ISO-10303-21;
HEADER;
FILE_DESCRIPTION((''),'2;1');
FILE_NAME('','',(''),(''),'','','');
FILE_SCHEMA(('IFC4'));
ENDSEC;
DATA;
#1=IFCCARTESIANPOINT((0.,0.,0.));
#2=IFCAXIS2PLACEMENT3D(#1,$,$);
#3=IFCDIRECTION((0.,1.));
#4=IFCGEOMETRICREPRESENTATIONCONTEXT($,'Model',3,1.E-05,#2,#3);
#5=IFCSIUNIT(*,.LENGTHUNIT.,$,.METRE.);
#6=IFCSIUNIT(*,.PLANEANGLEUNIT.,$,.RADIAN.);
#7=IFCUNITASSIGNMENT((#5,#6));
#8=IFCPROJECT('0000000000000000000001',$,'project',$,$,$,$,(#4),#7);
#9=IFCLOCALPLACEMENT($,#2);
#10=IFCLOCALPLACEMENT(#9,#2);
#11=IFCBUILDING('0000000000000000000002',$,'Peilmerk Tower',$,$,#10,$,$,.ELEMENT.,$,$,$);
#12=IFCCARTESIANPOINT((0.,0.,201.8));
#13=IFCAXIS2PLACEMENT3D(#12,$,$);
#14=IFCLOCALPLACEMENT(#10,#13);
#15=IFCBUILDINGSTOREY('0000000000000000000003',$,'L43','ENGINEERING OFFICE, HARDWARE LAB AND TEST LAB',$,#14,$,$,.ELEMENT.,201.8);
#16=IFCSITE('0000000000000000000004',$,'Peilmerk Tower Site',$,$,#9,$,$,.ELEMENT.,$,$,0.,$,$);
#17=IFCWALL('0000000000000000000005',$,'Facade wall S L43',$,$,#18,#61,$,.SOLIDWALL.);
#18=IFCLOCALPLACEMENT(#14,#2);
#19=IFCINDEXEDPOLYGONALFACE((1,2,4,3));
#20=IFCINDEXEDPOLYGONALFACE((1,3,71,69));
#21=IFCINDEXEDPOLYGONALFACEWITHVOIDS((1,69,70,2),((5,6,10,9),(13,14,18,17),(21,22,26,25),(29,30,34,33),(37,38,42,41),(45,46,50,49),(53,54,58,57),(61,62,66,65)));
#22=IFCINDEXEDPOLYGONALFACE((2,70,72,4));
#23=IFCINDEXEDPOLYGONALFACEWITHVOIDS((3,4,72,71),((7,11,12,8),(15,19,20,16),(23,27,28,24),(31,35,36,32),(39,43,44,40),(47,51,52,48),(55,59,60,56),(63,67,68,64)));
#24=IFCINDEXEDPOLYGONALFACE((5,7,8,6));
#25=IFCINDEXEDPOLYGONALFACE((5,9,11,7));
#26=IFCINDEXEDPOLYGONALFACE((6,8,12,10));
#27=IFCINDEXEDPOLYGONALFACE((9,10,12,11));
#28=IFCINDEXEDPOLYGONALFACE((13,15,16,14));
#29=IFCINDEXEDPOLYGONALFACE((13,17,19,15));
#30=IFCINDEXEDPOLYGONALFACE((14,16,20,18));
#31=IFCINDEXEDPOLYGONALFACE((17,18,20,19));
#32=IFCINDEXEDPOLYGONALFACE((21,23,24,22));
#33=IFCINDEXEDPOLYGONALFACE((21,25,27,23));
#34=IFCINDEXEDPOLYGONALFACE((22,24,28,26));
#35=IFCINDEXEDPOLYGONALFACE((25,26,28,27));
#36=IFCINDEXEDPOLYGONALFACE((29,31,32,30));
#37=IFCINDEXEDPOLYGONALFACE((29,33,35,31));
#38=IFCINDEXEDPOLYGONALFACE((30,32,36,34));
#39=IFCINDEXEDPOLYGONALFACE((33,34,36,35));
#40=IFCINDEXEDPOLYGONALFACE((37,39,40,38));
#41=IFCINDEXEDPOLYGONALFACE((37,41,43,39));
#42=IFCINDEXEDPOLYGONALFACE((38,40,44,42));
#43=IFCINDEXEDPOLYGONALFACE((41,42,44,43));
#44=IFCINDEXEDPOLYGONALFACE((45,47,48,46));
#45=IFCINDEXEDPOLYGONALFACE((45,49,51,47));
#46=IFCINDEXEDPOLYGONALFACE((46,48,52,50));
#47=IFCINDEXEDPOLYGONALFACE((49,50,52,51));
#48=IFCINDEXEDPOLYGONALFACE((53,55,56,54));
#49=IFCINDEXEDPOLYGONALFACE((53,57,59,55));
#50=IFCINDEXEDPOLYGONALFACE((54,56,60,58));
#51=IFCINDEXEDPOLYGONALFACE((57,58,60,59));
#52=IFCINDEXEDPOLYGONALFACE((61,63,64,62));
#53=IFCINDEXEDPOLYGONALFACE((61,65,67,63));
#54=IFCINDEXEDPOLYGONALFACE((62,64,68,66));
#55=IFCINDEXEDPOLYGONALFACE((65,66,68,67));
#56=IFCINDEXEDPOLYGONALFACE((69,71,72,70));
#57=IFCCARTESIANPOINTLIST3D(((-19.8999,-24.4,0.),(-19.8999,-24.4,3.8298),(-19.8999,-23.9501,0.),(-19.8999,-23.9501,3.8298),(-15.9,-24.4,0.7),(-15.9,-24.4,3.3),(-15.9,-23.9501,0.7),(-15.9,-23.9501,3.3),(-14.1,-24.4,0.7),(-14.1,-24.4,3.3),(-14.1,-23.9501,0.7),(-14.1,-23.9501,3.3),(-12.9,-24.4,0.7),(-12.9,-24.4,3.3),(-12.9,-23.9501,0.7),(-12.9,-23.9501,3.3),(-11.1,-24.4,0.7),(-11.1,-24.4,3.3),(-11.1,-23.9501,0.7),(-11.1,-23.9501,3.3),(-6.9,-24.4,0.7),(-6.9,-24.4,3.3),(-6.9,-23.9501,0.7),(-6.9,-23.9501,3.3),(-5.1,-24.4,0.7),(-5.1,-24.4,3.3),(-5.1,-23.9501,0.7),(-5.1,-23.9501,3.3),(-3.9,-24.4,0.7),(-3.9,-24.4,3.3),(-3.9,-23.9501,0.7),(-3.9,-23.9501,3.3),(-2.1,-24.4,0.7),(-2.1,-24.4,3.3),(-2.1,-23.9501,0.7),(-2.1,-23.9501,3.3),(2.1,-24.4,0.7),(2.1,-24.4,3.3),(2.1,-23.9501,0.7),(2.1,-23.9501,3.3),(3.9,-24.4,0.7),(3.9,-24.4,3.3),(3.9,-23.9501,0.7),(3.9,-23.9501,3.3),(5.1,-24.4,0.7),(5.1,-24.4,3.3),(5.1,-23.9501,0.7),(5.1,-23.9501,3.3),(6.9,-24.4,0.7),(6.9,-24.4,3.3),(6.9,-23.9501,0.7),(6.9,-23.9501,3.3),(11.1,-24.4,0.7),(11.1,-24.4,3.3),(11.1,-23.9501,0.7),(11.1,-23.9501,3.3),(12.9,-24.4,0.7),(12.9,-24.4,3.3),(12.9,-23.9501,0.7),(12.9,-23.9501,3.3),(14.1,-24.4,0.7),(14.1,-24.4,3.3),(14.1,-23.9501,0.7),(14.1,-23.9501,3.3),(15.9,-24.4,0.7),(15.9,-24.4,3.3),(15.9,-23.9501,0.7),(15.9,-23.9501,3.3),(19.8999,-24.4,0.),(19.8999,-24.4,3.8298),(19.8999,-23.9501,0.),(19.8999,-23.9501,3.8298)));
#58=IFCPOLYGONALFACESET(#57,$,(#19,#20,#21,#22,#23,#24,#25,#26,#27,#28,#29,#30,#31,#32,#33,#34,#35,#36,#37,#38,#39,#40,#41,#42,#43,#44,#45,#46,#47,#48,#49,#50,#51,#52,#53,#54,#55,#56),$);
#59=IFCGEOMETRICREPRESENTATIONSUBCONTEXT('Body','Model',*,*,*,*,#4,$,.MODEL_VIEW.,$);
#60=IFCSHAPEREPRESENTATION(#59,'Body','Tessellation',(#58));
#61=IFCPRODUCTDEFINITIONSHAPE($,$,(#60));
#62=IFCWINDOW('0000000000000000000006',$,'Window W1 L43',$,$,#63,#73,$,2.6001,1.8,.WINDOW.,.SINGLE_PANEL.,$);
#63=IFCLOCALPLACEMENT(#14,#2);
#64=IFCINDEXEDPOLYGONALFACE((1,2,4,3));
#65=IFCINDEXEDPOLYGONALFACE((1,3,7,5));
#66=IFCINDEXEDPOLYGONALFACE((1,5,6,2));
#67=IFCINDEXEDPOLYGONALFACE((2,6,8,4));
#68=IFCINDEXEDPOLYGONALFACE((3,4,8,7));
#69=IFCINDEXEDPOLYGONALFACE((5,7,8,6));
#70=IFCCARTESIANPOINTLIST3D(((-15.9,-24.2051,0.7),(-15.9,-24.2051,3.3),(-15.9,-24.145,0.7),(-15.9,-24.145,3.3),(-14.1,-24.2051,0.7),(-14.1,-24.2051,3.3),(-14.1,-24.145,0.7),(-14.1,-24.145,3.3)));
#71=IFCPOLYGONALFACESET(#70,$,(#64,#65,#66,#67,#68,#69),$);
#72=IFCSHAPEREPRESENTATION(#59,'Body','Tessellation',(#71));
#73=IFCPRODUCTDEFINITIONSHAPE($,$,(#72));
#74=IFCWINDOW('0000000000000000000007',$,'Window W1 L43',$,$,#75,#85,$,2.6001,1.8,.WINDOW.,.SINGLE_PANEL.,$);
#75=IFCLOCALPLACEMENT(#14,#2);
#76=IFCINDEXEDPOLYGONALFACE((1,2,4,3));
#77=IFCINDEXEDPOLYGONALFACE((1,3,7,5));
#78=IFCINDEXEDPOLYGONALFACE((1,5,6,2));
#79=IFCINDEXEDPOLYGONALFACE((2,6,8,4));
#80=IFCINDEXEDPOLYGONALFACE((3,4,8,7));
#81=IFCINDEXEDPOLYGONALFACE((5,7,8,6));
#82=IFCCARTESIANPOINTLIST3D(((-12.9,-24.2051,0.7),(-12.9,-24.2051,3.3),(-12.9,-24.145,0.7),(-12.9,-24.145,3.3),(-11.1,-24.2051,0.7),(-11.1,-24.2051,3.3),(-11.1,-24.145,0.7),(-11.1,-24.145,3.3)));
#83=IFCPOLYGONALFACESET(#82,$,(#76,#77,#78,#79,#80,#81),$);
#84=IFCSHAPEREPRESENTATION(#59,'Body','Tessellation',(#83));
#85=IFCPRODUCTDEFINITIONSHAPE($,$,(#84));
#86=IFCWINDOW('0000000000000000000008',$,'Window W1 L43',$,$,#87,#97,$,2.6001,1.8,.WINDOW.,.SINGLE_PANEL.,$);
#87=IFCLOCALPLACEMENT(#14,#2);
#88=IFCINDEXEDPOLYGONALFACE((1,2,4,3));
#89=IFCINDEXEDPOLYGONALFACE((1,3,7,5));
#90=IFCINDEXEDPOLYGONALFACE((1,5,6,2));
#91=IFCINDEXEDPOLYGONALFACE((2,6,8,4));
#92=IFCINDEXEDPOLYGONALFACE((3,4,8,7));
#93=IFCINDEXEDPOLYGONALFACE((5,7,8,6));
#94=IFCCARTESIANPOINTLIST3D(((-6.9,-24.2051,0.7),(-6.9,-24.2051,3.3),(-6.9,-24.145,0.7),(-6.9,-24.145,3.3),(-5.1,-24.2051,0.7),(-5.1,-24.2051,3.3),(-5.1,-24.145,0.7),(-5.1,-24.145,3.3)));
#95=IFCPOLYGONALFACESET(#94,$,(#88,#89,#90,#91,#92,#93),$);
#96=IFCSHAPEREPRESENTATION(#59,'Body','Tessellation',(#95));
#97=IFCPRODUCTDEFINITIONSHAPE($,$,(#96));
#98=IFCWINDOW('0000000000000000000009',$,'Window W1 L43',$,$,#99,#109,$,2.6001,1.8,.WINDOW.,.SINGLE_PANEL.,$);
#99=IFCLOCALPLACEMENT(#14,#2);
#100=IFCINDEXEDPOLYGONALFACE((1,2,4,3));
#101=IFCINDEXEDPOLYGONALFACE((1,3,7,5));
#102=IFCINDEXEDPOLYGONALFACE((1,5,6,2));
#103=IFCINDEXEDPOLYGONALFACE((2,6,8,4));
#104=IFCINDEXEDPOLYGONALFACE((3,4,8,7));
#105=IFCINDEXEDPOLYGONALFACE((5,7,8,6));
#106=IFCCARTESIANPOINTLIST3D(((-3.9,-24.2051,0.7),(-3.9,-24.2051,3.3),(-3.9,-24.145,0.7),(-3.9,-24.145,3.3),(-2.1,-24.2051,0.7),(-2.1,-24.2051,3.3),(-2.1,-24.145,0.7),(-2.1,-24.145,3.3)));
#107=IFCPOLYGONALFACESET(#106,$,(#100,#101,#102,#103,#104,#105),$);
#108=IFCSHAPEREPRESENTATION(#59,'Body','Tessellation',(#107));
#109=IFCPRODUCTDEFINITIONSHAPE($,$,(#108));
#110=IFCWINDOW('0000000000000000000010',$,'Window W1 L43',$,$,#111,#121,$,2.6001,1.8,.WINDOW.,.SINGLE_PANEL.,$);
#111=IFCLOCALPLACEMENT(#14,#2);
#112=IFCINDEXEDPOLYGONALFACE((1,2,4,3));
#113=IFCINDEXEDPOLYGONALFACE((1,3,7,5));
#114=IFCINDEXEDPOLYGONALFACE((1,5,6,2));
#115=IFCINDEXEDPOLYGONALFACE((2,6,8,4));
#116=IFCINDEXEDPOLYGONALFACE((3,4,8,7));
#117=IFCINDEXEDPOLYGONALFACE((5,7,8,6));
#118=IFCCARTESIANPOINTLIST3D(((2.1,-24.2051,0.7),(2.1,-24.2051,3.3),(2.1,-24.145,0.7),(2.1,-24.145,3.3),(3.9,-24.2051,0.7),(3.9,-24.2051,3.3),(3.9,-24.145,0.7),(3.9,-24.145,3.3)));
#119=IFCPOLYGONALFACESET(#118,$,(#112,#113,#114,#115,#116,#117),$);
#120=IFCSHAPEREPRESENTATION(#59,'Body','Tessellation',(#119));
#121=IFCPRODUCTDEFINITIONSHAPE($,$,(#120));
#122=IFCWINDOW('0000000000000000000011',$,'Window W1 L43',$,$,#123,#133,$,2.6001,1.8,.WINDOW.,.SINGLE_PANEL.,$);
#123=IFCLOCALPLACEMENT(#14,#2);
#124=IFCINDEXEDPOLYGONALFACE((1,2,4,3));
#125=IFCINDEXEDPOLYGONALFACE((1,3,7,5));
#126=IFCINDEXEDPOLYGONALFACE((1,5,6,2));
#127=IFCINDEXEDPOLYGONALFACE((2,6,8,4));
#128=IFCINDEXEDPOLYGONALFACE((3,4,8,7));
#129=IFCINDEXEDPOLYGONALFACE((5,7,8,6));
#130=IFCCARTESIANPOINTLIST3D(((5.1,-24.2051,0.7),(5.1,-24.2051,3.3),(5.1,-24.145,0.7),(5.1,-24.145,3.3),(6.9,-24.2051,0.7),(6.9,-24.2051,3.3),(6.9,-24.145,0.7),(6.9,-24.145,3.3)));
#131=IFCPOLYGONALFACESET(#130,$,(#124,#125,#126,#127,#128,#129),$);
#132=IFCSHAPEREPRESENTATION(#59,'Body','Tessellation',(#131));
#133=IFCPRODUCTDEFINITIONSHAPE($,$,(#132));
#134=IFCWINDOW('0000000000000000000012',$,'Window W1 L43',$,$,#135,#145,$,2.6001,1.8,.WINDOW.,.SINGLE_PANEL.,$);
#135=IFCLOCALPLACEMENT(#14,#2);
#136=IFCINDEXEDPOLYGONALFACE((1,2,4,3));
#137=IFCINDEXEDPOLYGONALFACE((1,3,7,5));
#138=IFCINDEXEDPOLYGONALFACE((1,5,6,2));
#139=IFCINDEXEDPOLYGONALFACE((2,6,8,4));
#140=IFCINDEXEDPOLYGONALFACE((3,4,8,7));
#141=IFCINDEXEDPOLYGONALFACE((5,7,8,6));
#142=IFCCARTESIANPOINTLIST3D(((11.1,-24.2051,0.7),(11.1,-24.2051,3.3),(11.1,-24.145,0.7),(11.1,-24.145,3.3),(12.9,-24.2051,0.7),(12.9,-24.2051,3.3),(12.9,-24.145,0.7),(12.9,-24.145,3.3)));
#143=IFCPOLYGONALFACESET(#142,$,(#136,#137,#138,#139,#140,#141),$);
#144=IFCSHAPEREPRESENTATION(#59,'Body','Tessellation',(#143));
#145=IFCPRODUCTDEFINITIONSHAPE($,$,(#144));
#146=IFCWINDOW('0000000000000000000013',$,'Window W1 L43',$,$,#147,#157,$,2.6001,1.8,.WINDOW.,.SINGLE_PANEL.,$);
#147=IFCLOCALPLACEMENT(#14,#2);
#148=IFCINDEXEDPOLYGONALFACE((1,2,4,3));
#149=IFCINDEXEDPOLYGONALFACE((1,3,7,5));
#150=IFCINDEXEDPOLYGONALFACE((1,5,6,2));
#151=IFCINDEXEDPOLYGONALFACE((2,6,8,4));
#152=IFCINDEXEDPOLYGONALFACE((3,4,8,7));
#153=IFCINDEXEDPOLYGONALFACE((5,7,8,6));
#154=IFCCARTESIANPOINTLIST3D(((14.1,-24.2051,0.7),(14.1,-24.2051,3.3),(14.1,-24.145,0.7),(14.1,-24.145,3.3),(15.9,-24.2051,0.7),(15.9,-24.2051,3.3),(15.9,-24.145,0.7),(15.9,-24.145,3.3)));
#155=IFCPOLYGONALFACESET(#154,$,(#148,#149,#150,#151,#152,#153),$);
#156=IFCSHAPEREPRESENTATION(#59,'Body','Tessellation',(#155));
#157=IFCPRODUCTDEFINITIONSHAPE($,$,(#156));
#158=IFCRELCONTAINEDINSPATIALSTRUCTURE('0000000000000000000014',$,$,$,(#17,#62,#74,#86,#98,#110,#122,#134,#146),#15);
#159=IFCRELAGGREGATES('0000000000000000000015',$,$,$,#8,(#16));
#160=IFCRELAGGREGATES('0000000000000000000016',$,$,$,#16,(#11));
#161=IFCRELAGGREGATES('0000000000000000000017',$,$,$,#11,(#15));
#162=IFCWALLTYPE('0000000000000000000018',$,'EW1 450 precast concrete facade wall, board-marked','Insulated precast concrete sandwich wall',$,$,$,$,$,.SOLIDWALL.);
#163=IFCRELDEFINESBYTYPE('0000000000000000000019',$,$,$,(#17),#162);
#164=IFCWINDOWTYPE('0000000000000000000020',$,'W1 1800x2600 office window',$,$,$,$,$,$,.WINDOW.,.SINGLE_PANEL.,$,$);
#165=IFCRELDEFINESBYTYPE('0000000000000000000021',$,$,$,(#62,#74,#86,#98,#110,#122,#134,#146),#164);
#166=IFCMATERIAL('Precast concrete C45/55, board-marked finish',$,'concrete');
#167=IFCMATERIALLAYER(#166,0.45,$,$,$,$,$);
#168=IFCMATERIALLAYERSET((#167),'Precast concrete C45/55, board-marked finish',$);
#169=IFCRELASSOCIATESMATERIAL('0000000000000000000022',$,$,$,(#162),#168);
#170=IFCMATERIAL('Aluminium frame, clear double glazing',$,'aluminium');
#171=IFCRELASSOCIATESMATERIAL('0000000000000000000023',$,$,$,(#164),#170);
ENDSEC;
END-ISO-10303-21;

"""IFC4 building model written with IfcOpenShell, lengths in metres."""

from ifc_helpers import new_model, si_unit, direction, frame, frame_2d, origin, place, context, subcontext, project, spatial, rectangle, extrude, material, layer, layer_set, type_object, element, fill, save


model = new_model("IFC4")

# Units and contexts
model_context = context("Model", 3, precision=1e-05, world=origin(), true_north=direction((0.0, 1.0)))
body_context = subcontext(model_context, "Body", "Model", "MODEL_VIEW")
ifc_project = project(units=[si_unit("LENGTHUNIT", "METRE"), si_unit("PLANEANGLEUNIT", "RADIAN")], contexts=[model_context])

# Site, building, storey
site_placement = place(None, origin())
site = spatial("IfcSite", under=ifc_project, at=site_placement, Name="Peilmerk Tower Site", CompositionType="ELEMENT", RefElevation=0.0)
building_placement = place(site_placement, origin())
building = spatial("IfcBuilding", under=site, at=building_placement, Name="Peilmerk Tower", CompositionType="ELEMENT")
storey_placement = place(building_placement, frame((0.0, 0.0, 201.8)))
storey = spatial("IfcBuildingStorey", under=building, at=storey_placement, Name="L43", Description="ENGINEERING OFFICE, HARDWARE LAB AND TEST LAB", CompositionType="ELEMENT", Elevation=201.8)

# Wall, openings, windows
ifc_material_1 = material(Name="Precast concrete C45/55, board-marked finish", Category="concrete")
ifc_layer_1 = layer(ifc_material_1, 0.45)
ifc_layer_set_1 = layer_set([ifc_layer_1], Name="Precast concrete C45/55, board-marked finish")
wall_type = type_object("IfcWallType", Name="EW1 450 precast concrete facade wall, board-marked", Description="Insulated precast concrete sandwich wall", PredefinedType="SOLIDWALL", material=ifc_layer_set_1)
wall_placement = place(storey_placement, frame((-19.8999, -24.175, 0.0), z_axis=(0.0, 0.0, 1.0), x_axis=(1.0, 0.0, 0.0)))
wall = element("IfcWall", 1, at=wall_placement, inside=storey, type_object=wall_type, Name="Facade wall S L43", PredefinedType="SOLIDWALL", context=body_context, shape_type="SweptSolid", body=[
    extrude(rectangle(XDim=39.7998, YDim=0.45, at=frame_2d((19.8999, 0.0))), origin(), (0.0, 0.0, 1.0), 3.8298),
])
opening_1_placement = place(wall_placement, frame((4.0, 0.0, 0.7)))
opening_1 = element("IfcOpeningElement", 2, at=opening_1_placement, cuts=wall, PredefinedType="OPENING", context=body_context, shape_type="SweptSolid", body=[
    extrude(rectangle(XDim=1.8, YDim=2.6001, at=frame_2d((0.8999, 1.3))), frame((0.0, 0.2349, 0.0), z_axis=(0.0, -1.0, 0.0), x_axis=(1.0, 0.0, 0.0)), (0.0, 0.0, 1.0), 0.47),
])
opening_2_placement = place(wall_placement, frame((7.0, 0.0, 0.7)))
opening_2 = element("IfcOpeningElement", 3, at=opening_2_placement, cuts=wall, PredefinedType="OPENING", context=body_context, shape_type="SweptSolid", body=[
    extrude(rectangle(XDim=1.8, YDim=2.6001, at=frame_2d((0.8999, 1.3))), frame((0.0, 0.2349, 0.0), z_axis=(0.0, -1.0, 0.0), x_axis=(1.0, 0.0, 0.0)), (0.0, 0.0, 1.0), 0.47),
])
opening_3_placement = place(wall_placement, frame((13.0, 0.0, 0.7)))
opening_3 = element("IfcOpeningElement", 4, at=opening_3_placement, cuts=wall, PredefinedType="OPENING", context=body_context, shape_type="SweptSolid", body=[
    extrude(rectangle(XDim=1.8, YDim=2.6001, at=frame_2d((0.8999, 1.3))), frame((0.0, 0.2349, 0.0), z_axis=(0.0, -1.0, 0.0), x_axis=(1.0, 0.0, 0.0)), (0.0, 0.0, 1.0), 0.47),
])
opening_4_placement = place(wall_placement, frame((16.0, 0.0, 0.7)))
opening_4 = element("IfcOpeningElement", 5, at=opening_4_placement, cuts=wall, PredefinedType="OPENING", context=body_context, shape_type="SweptSolid", body=[
    extrude(rectangle(XDim=1.8, YDim=2.6001, at=frame_2d((0.8999, 1.3))), frame((0.0, 0.2349, 0.0), z_axis=(0.0, -1.0, 0.0), x_axis=(1.0, 0.0, 0.0)), (0.0, 0.0, 1.0), 0.47),
])
opening_5_placement = place(wall_placement, frame((22.0, 0.0, 0.7)))
opening_5 = element("IfcOpeningElement", 6, at=opening_5_placement, cuts=wall, PredefinedType="OPENING", context=body_context, shape_type="SweptSolid", body=[
    extrude(rectangle(XDim=1.8, YDim=2.6001, at=frame_2d((0.8999, 1.3))), frame((0.0, 0.2349, 0.0), z_axis=(0.0, -1.0, 0.0), x_axis=(1.0, 0.0, 0.0)), (0.0, 0.0, 1.0), 0.47),
])
opening_6_placement = place(wall_placement, frame((25.0, 0.0, 0.7)))
opening_6 = element("IfcOpeningElement", 7, at=opening_6_placement, cuts=wall, PredefinedType="OPENING", context=body_context, shape_type="SweptSolid", body=[
    extrude(rectangle(XDim=1.8, YDim=2.6001, at=frame_2d((0.8999, 1.3))), frame((0.0, 0.2349, 0.0), z_axis=(0.0, -1.0, 0.0), x_axis=(1.0, 0.0, 0.0)), (0.0, 0.0, 1.0), 0.47),
])
opening_7_placement = place(wall_placement, frame((31.0, 0.0, 0.7)))
opening_7 = element("IfcOpeningElement", 8, at=opening_7_placement, cuts=wall, PredefinedType="OPENING", context=body_context, shape_type="SweptSolid", body=[
    extrude(rectangle(XDim=1.8, YDim=2.6001, at=frame_2d((0.8999, 1.3))), frame((0.0, 0.2349, 0.0), z_axis=(0.0, -1.0, 0.0), x_axis=(1.0, 0.0, 0.0)), (0.0, 0.0, 1.0), 0.47),
])
opening_8_placement = place(wall_placement, frame((34.0, 0.0, 0.7)))
opening_8 = element("IfcOpeningElement", 9, at=opening_8_placement, cuts=wall, PredefinedType="OPENING", context=body_context, shape_type="SweptSolid", body=[
    extrude(rectangle(XDim=1.8, YDim=2.6001, at=frame_2d((0.8999, 1.3))), frame((0.0, 0.2349, 0.0), z_axis=(0.0, -1.0, 0.0), x_axis=(1.0, 0.0, 0.0)), (0.0, 0.0, 1.0), 0.47),
])
ifc_material_2 = material(Name="Aluminium frame, clear double glazing", Category="aluminium")
window_type = type_object("IfcWindowType", Name="W1 1800x2600 office window", PartitioningType="SINGLE_PANEL", PredefinedType="WINDOW", material=ifc_material_2)
window_1_placement = place(opening_1_placement, origin())
window_1 = element("IfcWindow", 10, at=window_1_placement, inside=storey, type_object=window_type, Name="Window W1 L43", OverallHeight=2.6001, OverallWidth=1.8, PartitioningType="SINGLE_PANEL", PredefinedType="WINDOW", context=body_context, shape_type="SweptSolid", body=[
    extrude(rectangle(XDim=1.8, YDim=2.6001, at=frame_2d((0.8999, 1.3))), frame((0.0, 0.03, 0.0), z_axis=(0.0, -1.0, 0.0), x_axis=(1.0, 0.0, 0.0)), (0.0, 0.0, 1.0), 0.0601),
])
fill(opening_1, window_1)
window_2_placement = place(opening_2_placement, origin())
window_2 = element("IfcWindow", 11, at=window_2_placement, inside=storey, type_object=window_type, Name="Window W1 L43", OverallHeight=2.6001, OverallWidth=1.8, PartitioningType="SINGLE_PANEL", PredefinedType="WINDOW", context=body_context, shape_type="SweptSolid", body=[
    extrude(rectangle(XDim=1.8, YDim=2.6001, at=frame_2d((0.8999, 1.3))), frame((0.0, 0.03, 0.0), z_axis=(0.0, -1.0, 0.0), x_axis=(1.0, 0.0, 0.0)), (0.0, 0.0, 1.0), 0.0601),
])
fill(opening_2, window_2)
window_3_placement = place(opening_3_placement, origin())
window_3 = element("IfcWindow", 12, at=window_3_placement, inside=storey, type_object=window_type, Name="Window W1 L43", OverallHeight=2.6001, OverallWidth=1.8, PartitioningType="SINGLE_PANEL", PredefinedType="WINDOW", context=body_context, shape_type="SweptSolid", body=[
    extrude(rectangle(XDim=1.8, YDim=2.6001, at=frame_2d((0.8999, 1.3))), frame((0.0, 0.03, 0.0), z_axis=(0.0, -1.0, 0.0), x_axis=(1.0, 0.0, 0.0)), (0.0, 0.0, 1.0), 0.0601),
])
fill(opening_3, window_3)
window_4_placement = place(opening_4_placement, origin())
window_4 = element("IfcWindow", 13, at=window_4_placement, inside=storey, type_object=window_type, Name="Window W1 L43", OverallHeight=2.6001, OverallWidth=1.8, PartitioningType="SINGLE_PANEL", PredefinedType="WINDOW", context=body_context, shape_type="SweptSolid", body=[
    extrude(rectangle(XDim=1.8, YDim=2.6001, at=frame_2d((0.8999, 1.3))), frame((0.0, 0.03, 0.0), z_axis=(0.0, -1.0, 0.0), x_axis=(1.0, 0.0, 0.0)), (0.0, 0.0, 1.0), 0.0601),
])
fill(opening_4, window_4)
window_5_placement = place(opening_5_placement, origin())
window_5 = element("IfcWindow", 14, at=window_5_placement, inside=storey, type_object=window_type, Name="Window W1 L43", OverallHeight=2.6001, OverallWidth=1.8, PartitioningType="SINGLE_PANEL", PredefinedType="WINDOW", context=body_context, shape_type="SweptSolid", body=[
    extrude(rectangle(XDim=1.8, YDim=2.6001, at=frame_2d((0.8999, 1.3))), frame((0.0, 0.03, 0.0), z_axis=(0.0, -1.0, 0.0), x_axis=(1.0, 0.0, 0.0)), (0.0, 0.0, 1.0), 0.0601),
])
fill(opening_5, window_5)
window_6_placement = place(opening_6_placement, origin())
window_6 = element("IfcWindow", 15, at=window_6_placement, inside=storey, type_object=window_type, Name="Window W1 L43", OverallHeight=2.6001, OverallWidth=1.8, PartitioningType="SINGLE_PANEL", PredefinedType="WINDOW", context=body_context, shape_type="SweptSolid", body=[
    extrude(rectangle(XDim=1.8, YDim=2.6001, at=frame_2d((0.8999, 1.3))), frame((0.0, 0.03, 0.0), z_axis=(0.0, -1.0, 0.0), x_axis=(1.0, 0.0, 0.0)), (0.0, 0.0, 1.0), 0.0601),
])
fill(opening_6, window_6)
window_7_placement = place(opening_7_placement, origin())
window_7 = element("IfcWindow", 16, at=window_7_placement, inside=storey, type_object=window_type, Name="Window W1 L43", OverallHeight=2.6001, OverallWidth=1.8, PartitioningType="SINGLE_PANEL", PredefinedType="WINDOW", context=body_context, shape_type="SweptSolid", body=[
    extrude(rectangle(XDim=1.8, YDim=2.6001, at=frame_2d((0.8999, 1.3))), frame((0.0, 0.03, 0.0), z_axis=(0.0, -1.0, 0.0), x_axis=(1.0, 0.0, 0.0)), (0.0, 0.0, 1.0), 0.0601),
])
fill(opening_7, window_7)
window_8_placement = place(opening_8_placement, origin())
window_8 = element("IfcWindow", 17, at=window_8_placement, inside=storey, type_object=window_type, Name="Window W1 L43", OverallHeight=2.6001, OverallWidth=1.8, PartitioningType="SINGLE_PANEL", PredefinedType="WINDOW", context=body_context, shape_type="SweptSolid", body=[
    extrude(rectangle(XDim=1.8, YDim=2.6001, at=frame_2d((0.8999, 1.3))), frame((0.0, 0.03, 0.0), z_axis=(0.0, -1.0, 0.0), x_axis=(1.0, 0.0, 0.0)), (0.0, 0.0, 1.0), 0.0601),
])
fill(opening_8, window_8)

save(model, "model.ifc")
